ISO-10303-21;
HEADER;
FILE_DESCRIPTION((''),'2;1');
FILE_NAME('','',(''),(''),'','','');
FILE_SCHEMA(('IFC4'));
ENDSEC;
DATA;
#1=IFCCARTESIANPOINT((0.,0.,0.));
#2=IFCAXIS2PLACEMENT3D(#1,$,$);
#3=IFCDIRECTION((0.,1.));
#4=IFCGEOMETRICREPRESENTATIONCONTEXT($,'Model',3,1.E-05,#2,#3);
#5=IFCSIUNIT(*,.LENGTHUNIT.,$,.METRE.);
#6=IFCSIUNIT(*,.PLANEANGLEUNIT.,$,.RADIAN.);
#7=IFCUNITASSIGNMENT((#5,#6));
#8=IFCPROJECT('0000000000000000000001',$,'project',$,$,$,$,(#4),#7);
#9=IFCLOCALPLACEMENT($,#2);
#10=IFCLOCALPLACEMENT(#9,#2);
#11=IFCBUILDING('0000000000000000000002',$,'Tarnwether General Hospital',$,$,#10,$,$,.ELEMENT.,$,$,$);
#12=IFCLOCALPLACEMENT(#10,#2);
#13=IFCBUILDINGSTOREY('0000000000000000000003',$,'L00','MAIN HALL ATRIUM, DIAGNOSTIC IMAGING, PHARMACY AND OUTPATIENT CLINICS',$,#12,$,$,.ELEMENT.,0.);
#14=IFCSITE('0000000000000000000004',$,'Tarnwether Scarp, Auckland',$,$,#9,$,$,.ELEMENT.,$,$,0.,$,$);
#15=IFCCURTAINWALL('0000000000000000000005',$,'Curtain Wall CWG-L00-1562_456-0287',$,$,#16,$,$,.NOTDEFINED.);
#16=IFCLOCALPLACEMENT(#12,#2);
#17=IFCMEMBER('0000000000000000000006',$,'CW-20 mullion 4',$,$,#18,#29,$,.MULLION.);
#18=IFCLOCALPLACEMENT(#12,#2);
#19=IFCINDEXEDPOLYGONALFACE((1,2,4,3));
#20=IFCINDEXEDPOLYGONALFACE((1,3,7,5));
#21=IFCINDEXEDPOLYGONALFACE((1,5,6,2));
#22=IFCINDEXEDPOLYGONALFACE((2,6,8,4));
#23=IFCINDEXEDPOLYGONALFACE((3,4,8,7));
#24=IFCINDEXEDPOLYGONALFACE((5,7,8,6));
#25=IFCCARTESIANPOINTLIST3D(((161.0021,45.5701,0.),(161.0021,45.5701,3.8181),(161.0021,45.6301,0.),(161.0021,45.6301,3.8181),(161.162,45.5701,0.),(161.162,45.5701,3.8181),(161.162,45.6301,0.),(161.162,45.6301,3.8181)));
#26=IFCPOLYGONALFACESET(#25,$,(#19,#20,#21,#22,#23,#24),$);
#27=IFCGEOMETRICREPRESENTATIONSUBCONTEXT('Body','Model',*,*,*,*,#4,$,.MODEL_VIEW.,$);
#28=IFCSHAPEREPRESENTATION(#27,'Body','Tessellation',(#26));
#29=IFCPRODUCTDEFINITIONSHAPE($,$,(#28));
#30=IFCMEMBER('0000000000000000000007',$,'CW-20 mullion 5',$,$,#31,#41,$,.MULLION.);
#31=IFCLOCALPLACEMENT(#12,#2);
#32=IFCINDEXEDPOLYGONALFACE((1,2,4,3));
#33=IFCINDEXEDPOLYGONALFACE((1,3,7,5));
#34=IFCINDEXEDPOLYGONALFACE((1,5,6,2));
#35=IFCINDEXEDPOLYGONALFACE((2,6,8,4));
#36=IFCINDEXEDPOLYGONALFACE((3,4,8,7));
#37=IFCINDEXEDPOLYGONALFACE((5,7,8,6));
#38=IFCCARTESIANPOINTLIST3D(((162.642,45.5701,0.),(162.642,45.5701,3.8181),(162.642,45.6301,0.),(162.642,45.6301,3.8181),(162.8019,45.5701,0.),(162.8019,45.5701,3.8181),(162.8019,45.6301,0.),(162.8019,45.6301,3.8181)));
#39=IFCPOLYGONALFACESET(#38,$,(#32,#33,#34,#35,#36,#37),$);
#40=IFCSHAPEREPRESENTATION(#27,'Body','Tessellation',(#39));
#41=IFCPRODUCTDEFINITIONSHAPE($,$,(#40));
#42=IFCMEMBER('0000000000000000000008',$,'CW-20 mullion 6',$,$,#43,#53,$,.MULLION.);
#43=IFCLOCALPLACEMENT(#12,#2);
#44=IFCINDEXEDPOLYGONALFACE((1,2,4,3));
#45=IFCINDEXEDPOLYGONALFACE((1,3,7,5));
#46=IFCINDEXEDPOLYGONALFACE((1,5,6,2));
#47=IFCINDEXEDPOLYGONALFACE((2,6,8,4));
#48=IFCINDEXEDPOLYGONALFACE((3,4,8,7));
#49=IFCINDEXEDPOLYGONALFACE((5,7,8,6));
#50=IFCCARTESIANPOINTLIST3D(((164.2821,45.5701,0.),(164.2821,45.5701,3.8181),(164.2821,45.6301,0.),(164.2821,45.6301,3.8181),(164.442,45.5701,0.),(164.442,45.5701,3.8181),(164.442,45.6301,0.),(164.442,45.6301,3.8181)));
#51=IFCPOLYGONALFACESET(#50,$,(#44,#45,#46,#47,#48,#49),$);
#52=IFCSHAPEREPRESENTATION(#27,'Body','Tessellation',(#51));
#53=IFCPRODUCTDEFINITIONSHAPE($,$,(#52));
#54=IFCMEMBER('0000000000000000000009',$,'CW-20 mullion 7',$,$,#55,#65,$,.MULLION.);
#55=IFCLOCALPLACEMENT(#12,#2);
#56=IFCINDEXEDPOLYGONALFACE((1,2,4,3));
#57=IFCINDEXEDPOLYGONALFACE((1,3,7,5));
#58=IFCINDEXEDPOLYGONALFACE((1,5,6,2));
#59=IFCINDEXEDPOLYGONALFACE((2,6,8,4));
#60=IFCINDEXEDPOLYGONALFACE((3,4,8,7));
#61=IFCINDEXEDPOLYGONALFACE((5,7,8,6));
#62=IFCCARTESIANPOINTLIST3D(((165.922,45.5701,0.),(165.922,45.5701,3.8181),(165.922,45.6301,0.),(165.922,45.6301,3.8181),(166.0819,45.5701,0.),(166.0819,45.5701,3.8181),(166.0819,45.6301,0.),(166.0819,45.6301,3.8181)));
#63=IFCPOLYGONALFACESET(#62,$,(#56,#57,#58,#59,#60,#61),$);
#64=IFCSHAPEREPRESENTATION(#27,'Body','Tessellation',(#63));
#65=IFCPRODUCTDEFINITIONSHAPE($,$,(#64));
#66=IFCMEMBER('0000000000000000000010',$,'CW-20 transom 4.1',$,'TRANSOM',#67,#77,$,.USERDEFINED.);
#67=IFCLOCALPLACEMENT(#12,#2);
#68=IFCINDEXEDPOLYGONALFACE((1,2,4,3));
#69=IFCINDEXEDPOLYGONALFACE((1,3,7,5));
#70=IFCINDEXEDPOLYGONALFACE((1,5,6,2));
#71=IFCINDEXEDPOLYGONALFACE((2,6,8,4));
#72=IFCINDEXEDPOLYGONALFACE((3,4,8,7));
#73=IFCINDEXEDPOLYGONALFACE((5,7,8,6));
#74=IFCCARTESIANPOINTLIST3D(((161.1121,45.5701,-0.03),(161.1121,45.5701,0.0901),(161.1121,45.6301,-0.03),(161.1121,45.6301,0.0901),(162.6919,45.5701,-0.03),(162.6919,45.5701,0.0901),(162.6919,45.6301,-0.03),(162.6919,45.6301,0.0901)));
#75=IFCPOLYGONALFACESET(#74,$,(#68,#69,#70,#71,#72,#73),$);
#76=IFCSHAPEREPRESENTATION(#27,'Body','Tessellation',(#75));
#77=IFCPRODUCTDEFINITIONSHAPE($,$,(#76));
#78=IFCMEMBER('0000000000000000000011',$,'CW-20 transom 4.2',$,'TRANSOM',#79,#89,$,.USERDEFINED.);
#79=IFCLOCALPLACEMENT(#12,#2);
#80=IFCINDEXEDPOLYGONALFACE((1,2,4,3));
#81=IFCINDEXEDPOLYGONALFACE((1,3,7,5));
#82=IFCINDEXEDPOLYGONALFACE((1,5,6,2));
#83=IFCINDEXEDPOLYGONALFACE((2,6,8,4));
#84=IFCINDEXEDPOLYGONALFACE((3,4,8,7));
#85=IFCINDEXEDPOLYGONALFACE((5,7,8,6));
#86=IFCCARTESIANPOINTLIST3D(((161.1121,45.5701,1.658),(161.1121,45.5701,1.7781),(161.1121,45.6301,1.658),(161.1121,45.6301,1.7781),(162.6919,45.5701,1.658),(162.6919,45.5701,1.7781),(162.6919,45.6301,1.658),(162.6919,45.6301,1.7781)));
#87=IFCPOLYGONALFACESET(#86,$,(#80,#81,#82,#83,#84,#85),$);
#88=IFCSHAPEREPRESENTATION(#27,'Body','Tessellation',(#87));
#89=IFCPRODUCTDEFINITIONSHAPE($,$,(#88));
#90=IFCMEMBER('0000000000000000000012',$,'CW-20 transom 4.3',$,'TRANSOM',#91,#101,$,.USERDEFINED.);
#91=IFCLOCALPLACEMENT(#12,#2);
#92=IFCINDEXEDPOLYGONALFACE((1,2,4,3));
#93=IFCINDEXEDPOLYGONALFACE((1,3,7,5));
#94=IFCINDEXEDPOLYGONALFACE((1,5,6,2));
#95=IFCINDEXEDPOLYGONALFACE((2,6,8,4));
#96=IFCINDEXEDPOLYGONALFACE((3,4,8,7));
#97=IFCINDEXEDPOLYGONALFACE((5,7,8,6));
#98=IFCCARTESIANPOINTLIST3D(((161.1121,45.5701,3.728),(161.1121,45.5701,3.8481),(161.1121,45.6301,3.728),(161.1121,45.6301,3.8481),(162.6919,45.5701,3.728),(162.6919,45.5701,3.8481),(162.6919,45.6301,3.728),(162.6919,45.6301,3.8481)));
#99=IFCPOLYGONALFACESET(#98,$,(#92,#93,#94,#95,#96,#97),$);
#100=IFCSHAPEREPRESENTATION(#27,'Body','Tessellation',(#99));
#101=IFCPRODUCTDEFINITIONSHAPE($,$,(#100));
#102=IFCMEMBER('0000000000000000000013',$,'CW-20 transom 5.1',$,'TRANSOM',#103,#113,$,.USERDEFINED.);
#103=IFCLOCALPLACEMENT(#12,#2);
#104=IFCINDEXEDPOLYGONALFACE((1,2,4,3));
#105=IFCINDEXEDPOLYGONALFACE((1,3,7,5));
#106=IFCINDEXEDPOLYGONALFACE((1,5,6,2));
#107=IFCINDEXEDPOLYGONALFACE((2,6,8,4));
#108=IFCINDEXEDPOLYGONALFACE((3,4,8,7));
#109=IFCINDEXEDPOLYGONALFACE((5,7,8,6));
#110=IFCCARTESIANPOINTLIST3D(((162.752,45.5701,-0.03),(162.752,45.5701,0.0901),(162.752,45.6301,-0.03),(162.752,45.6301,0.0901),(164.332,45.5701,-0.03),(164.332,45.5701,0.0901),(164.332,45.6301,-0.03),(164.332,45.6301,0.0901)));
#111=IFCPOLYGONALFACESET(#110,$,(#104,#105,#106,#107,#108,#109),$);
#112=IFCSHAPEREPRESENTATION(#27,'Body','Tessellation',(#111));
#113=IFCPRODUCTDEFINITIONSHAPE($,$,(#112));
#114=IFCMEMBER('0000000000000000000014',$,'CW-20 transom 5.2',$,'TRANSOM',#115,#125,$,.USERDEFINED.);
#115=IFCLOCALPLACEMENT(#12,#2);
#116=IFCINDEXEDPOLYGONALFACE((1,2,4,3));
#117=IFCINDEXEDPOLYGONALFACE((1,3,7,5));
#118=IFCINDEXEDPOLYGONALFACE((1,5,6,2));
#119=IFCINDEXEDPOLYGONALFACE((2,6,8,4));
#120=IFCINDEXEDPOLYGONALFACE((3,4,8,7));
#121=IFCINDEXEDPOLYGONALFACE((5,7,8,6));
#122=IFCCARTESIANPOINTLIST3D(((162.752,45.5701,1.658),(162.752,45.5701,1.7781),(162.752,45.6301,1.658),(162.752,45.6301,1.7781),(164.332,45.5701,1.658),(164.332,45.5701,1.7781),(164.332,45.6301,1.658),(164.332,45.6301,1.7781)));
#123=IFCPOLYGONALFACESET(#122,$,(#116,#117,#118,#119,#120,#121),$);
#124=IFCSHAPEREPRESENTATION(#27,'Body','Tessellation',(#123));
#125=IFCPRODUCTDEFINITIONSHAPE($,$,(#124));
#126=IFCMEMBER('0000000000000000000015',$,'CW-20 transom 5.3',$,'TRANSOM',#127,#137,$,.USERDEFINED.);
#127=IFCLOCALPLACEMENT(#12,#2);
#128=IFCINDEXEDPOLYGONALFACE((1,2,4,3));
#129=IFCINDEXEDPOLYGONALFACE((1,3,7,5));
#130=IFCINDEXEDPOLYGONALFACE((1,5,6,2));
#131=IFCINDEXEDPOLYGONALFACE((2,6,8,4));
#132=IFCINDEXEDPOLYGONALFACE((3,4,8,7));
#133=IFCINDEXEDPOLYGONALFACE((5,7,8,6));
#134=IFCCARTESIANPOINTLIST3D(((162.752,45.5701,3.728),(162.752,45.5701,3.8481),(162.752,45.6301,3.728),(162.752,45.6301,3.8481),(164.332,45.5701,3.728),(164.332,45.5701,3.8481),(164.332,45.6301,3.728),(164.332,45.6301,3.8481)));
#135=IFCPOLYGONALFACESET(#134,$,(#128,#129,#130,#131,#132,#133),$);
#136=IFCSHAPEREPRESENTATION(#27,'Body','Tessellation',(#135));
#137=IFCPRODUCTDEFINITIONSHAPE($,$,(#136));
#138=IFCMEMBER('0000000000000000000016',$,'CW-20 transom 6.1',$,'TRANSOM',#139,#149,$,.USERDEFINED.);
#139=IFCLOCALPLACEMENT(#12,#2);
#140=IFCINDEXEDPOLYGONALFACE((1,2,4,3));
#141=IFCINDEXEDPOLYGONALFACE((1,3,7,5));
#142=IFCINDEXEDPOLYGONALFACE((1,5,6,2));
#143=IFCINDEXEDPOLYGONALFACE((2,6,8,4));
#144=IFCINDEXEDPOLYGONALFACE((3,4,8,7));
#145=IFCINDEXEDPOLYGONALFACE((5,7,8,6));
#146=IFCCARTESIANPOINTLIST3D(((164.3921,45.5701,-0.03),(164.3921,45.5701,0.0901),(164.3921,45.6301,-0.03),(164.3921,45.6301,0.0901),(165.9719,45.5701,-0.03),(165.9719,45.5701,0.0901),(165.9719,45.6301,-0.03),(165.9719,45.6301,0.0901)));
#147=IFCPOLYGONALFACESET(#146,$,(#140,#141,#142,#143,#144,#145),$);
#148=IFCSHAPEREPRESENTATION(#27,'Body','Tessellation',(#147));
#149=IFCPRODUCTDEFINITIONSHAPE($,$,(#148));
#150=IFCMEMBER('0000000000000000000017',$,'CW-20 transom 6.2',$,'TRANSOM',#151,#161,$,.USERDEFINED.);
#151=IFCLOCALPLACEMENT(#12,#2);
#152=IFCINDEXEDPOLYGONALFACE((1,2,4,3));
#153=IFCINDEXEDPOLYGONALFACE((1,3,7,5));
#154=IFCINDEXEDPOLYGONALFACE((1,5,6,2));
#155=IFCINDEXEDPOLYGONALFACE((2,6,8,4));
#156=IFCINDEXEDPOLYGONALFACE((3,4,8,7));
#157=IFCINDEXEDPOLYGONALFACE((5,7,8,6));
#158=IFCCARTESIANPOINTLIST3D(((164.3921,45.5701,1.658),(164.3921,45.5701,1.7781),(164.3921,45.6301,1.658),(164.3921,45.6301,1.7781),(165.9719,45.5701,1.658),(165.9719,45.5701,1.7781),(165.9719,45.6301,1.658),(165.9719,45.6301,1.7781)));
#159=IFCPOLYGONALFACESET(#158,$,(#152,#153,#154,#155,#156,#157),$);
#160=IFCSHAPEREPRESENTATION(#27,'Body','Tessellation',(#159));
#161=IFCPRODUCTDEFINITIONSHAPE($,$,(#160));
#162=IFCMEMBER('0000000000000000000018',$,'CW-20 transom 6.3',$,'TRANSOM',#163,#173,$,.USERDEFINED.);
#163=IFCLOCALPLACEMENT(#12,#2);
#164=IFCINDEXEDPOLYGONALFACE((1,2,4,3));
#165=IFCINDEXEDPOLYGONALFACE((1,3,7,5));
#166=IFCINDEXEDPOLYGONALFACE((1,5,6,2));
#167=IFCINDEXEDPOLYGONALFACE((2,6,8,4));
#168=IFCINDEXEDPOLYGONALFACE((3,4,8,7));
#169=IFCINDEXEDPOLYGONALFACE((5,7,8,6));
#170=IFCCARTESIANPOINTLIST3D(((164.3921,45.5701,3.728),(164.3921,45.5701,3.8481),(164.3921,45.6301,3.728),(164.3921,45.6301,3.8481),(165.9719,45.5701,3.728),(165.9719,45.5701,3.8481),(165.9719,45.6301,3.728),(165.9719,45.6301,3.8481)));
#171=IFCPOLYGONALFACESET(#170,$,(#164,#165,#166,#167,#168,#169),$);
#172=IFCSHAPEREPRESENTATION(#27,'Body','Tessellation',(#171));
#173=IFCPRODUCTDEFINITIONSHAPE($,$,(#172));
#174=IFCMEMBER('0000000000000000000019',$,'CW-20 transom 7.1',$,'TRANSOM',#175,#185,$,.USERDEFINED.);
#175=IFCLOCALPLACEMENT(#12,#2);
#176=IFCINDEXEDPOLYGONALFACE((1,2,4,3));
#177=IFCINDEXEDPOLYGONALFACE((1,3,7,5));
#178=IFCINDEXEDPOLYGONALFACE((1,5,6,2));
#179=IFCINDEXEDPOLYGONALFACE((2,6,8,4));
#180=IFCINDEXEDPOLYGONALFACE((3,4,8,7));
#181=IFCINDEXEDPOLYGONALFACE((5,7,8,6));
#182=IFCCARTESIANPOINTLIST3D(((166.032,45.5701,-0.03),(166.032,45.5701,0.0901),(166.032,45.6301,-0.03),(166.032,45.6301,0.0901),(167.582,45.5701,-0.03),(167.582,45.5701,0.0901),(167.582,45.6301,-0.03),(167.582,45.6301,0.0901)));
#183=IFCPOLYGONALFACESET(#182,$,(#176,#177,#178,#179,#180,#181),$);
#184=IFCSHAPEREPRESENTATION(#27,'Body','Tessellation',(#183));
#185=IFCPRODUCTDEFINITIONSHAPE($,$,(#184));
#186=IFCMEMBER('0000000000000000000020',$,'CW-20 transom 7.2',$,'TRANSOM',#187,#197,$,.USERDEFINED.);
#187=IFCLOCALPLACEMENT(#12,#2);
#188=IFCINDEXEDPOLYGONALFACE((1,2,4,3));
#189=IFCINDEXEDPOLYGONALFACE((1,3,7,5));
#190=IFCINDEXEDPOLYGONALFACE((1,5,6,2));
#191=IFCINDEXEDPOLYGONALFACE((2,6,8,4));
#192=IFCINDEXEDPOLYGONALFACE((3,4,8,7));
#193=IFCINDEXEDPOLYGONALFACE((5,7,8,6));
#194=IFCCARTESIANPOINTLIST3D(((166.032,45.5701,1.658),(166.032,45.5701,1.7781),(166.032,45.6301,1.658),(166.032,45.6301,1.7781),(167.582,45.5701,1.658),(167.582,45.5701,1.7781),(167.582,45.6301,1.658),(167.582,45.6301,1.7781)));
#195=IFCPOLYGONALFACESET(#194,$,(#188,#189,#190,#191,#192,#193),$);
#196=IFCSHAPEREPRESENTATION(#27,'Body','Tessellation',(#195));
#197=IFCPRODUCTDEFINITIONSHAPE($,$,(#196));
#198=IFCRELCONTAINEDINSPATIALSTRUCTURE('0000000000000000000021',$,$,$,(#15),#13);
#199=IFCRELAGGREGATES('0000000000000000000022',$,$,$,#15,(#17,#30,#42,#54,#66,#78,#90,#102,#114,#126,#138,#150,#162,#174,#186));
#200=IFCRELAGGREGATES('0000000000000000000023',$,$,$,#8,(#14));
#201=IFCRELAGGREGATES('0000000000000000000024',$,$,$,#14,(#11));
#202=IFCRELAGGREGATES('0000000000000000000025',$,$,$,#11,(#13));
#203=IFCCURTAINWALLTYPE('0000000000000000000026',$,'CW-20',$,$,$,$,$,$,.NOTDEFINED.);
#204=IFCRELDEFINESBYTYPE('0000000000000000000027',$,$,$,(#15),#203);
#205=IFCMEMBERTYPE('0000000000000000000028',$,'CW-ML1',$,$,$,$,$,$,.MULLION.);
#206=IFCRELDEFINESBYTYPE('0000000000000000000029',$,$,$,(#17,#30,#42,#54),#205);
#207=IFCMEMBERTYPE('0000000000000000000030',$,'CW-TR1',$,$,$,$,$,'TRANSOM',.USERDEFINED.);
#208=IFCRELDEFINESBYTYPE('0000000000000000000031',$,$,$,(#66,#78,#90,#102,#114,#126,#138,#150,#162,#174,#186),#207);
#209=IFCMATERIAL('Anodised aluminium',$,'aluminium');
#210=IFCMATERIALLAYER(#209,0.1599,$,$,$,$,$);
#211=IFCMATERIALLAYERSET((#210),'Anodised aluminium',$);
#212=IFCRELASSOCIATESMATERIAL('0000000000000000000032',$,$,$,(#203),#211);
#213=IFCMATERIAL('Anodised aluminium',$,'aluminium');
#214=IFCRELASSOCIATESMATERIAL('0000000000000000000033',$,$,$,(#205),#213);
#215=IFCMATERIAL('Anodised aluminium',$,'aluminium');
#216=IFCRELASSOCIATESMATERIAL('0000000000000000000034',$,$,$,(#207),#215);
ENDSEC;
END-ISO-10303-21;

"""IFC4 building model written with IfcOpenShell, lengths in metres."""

from ifc_helpers import new_model, si_unit, direction, frame, origin, origin_2d, place, context, subcontext, project, spatial, rectangle, extrude, material, layer, layer_set, material_profile, profile_set, type_object, element, aggregate, save


model = new_model("IFC4")

# Units and contexts
model_context = context("Model", 3, precision=1e-05, world=origin(), true_north=direction((0.0, 1.0)))
body_context = subcontext(model_context, "Body", "Model", "MODEL_VIEW")
ifc_project = project(units=[si_unit("LENGTHUNIT", "METRE"), si_unit("PLANEANGLEUNIT", "RADIAN")], contexts=[model_context])

# Site, building, storey
site_placement = place(None, origin())
site = spatial("IfcSite", under=ifc_project, at=site_placement, Name="Tarnwether Scarp, Auckland", CompositionType="ELEMENT", RefElevation=0.0)
building_placement = place(site_placement, origin())
building = spatial("IfcBuilding", under=site, at=building_placement, Name="Tarnwether General Hospital", CompositionType="ELEMENT")
storey_placement = place(building_placement, origin())
storey = spatial("IfcBuildingStorey", under=building, at=storey_placement, Name="L00", Description="MAIN HALL ATRIUM, DIAGNOSTIC IMAGING, PHARMACY AND OUTPATIENT CLINICS", CompositionType="ELEMENT", Elevation=0.0)

# Curtain wall, members
ifc_material_1 = material(Name="Anodised aluminium", Category="aluminium")
ifc_layer_1 = layer(ifc_material_1, 0.1599)
ifc_layer_set_1 = layer_set([ifc_layer_1], Name="Anodised aluminium")
curtain_wall_type = type_object("IfcCurtainWallType", Name="CW-20", PredefinedType="NOTDEFINED", material=ifc_layer_set_1)
curtain_wall_placement = place(storey_placement, origin())
curtain_wall = element("IfcCurtainWall", 1, at=curtain_wall_placement, inside=storey, type_object=curtain_wall_type, Name="Curtain Wall CWG-L00-1562_456-0287", PredefinedType="NOTDEFINED")
ifc_material_2 = material(Name="Anodised aluminium", Category="aluminium")
ifc_material_profile_1 = material_profile(ifc_material_2, rectangle(XDim=0.0601, YDim=0.1599, at=origin_2d()), Name="ALU-MUL-60x160")
ifc_profile_set_1 = profile_set([ifc_material_profile_1], Name="Anodised aluminium")
member_type_1 = type_object("IfcMemberType", Name="CW-ML1", PredefinedType="MULLION", material=ifc_profile_set_1)
member_1_placement = place(storey_placement, frame((161.082, 45.6001, 0.0), z_axis=(0.0, 0.0, 1.0), x_axis=(0.0, 1.0, 0.0)))
member_1 = element("IfcMember", 2, at=member_1_placement, type_object=member_type_1, Name="CW-20 mullion 4", PredefinedType="MULLION", context=body_context, shape_type="SweptSolid", body=[
    extrude(rectangle(XDim=0.0601, YDim=0.1599, at=origin_2d()), origin(), (0.0, 0.0, 1.0), 3.8181),
])
member_2_placement = place(storey_placement, frame((162.7219, 45.6001, 0.0), z_axis=(0.0, 0.0, 1.0), x_axis=(0.0, 1.0, 0.0)))
member_2 = element("IfcMember", 3, at=member_2_placement, type_object=member_type_1, Name="CW-20 mullion 5", PredefinedType="MULLION", context=body_context, shape_type="SweptSolid", body=[
    extrude(rectangle(XDim=0.0601, YDim=0.1599, at=origin_2d()), origin(), (0.0, 0.0, 1.0), 3.8181),
])
member_3_placement = place(storey_placement, frame((164.3621, 45.6001, 0.0), z_axis=(0.0, 0.0, 1.0), x_axis=(0.0, 1.0, 0.0)))
member_3 = element("IfcMember", 4, at=member_3_placement, type_object=member_type_1, Name="CW-20 mullion 6", PredefinedType="MULLION", context=body_context, shape_type="SweptSolid", body=[
    extrude(rectangle(XDim=0.0601, YDim=0.1599, at=origin_2d()), origin(), (0.0, 0.0, 1.0), 3.8181),
])
member_4_placement = place(storey_placement, frame((166.002, 45.6001, 0.0), z_axis=(0.0, 0.0, 1.0), x_axis=(0.0, 1.0, 0.0)))
member_4 = element("IfcMember", 5, at=member_4_placement, type_object=member_type_1, Name="CW-20 mullion 7", PredefinedType="MULLION", context=body_context, shape_type="SweptSolid", body=[
    extrude(rectangle(XDim=0.0601, YDim=0.1599, at=origin_2d()), origin(), (0.0, 0.0, 1.0), 3.8181),
])
ifc_material_3 = material(Name="Anodised aluminium", Category="aluminium")
ifc_material_profile_2 = material_profile(ifc_material_3, rectangle(XDim=0.0601, YDim=0.1201, at=origin_2d()), Name="ALU-TRN-60x120")
ifc_profile_set_2 = profile_set([ifc_material_profile_2], Name="Anodised aluminium")
member_type_2 = type_object("IfcMemberType", Name="CW-TR1", ElementType="TRANSOM", PredefinedType="USERDEFINED", material=ifc_profile_set_2)
member_5_placement = place(storey_placement, frame((161.1121, 45.6001, 0.03), z_axis=(1.0, 0.0, 0.0), x_axis=(0.0, 1.0, 0.0)))
member_5 = element("IfcMember", 6, at=member_5_placement, type_object=member_type_2, Name="CW-20 transom 4.1", ObjectType="TRANSOM", PredefinedType="USERDEFINED", context=body_context, shape_type="SweptSolid", body=[
    extrude(rectangle(XDim=0.0601, YDim=0.1201, at=origin_2d()), origin(), (0.0, 0.0, 1.0), 1.5798),
])
member_6_placement = place(storey_placement, frame((161.1121, 45.6001, 1.718), z_axis=(1.0, 0.0, 0.0), x_axis=(0.0, 1.0, 0.0)))
member_6 = element("IfcMember", 7, at=member_6_placement, type_object=member_type_2, Name="CW-20 transom 4.2", ObjectType="TRANSOM", PredefinedType="USERDEFINED", context=body_context, shape_type="SweptSolid", body=[
    extrude(rectangle(XDim=0.0601, YDim=0.1201, at=origin_2d()), origin(), (0.0, 0.0, 1.0), 1.5798),
])
member_7_placement = place(storey_placement, frame((161.1121, 45.6001, 3.7881), z_axis=(1.0, 0.0, 0.0), x_axis=(0.0, 1.0, 0.0)))
member_7 = element("IfcMember", 8, at=member_7_placement, type_object=member_type_2, Name="CW-20 transom 4.3", ObjectType="TRANSOM", PredefinedType="USERDEFINED", context=body_context, shape_type="SweptSolid", body=[
    extrude(rectangle(XDim=0.0601, YDim=0.1201, at=origin_2d()), origin(), (0.0, 0.0, 1.0), 1.5798),
])
member_8_placement = place(storey_placement, frame((162.752, 45.6001, 0.03), z_axis=(1.0, 0.0, 0.0), x_axis=(0.0, 1.0, 0.0)))
member_8 = element("IfcMember", 9, at=member_8_placement, type_object=member_type_2, Name="CW-20 transom 5.1", ObjectType="TRANSOM", PredefinedType="USERDEFINED", context=body_context, shape_type="SweptSolid", body=[
    extrude(rectangle(XDim=0.0601, YDim=0.1201, at=origin_2d()), origin(), (0.0, 0.0, 1.0), 1.5801),
])
member_9_placement = place(storey_placement, frame((162.752, 45.6001, 1.718), z_axis=(1.0, 0.0, 0.0), x_axis=(0.0, 1.0, 0.0)))
member_9 = element("IfcMember", 10, at=member_9_placement, type_object=member_type_2, Name="CW-20 transom 5.2", ObjectType="TRANSOM", PredefinedType="USERDEFINED", context=body_context, shape_type="SweptSolid", body=[
    extrude(rectangle(XDim=0.0601, YDim=0.1201, at=origin_2d()), origin(), (0.0, 0.0, 1.0), 1.5801),
])
member_10_placement = place(storey_placement, frame((162.752, 45.6001, 3.7881), z_axis=(1.0, 0.0, 0.0), x_axis=(0.0, 1.0, 0.0)))
member_10 = element("IfcMember", 11, at=member_10_placement, type_object=member_type_2, Name="CW-20 transom 5.3", ObjectType="TRANSOM", PredefinedType="USERDEFINED", context=body_context, shape_type="SweptSolid", body=[
    extrude(rectangle(XDim=0.0601, YDim=0.1201, at=origin_2d()), origin(), (0.0, 0.0, 1.0), 1.5801),
])
member_11_placement = place(storey_placement, frame((164.3921, 45.6001, 0.03), z_axis=(1.0, 0.0, 0.0), x_axis=(0.0, 1.0, 0.0)))
member_11 = element("IfcMember", 12, at=member_11_placement, type_object=member_type_2, Name="CW-20 transom 6.1", ObjectType="TRANSOM", PredefinedType="USERDEFINED", context=body_context, shape_type="SweptSolid", body=[
    extrude(rectangle(XDim=0.0601, YDim=0.1201, at=origin_2d()), origin(), (0.0, 0.0, 1.0), 1.5798),
])
member_12_placement = place(storey_placement, frame((164.3921, 45.6001, 1.718), z_axis=(1.0, 0.0, 0.0), x_axis=(0.0, 1.0, 0.0)))
member_12 = element("IfcMember", 13, at=member_12_placement, type_object=member_type_2, Name="CW-20 transom 6.2", ObjectType="TRANSOM", PredefinedType="USERDEFINED", context=body_context, shape_type="SweptSolid", body=[
    extrude(rectangle(XDim=0.0601, YDim=0.1201, at=origin_2d()), origin(), (0.0, 0.0, 1.0), 1.5798),
])
member_13_placement = place(storey_placement, frame((164.3921, 45.6001, 3.7881), z_axis=(1.0, 0.0, 0.0), x_axis=(0.0, 1.0, 0.0)))
member_13 = element("IfcMember", 14, at=member_13_placement, type_object=member_type_2, Name="CW-20 transom 6.3", ObjectType="TRANSOM", PredefinedType="USERDEFINED", context=body_context, shape_type="SweptSolid", body=[
    extrude(rectangle(XDim=0.0601, YDim=0.1201, at=origin_2d()), origin(), (0.0, 0.0, 1.0), 1.5798),
])
member_14_placement = place(storey_placement, frame((166.032, 45.6001, 0.03), z_axis=(1.0, 0.0, 0.0), x_axis=(0.0, 1.0, 0.0)))
member_14 = element("IfcMember", 15, at=member_14_placement, type_object=member_type_2, Name="CW-20 transom 7.1", ObjectType="TRANSOM", PredefinedType="USERDEFINED", context=body_context, shape_type="SweptSolid", body=[
    extrude(rectangle(XDim=0.0601, YDim=0.1201, at=origin_2d()), origin(), (0.0, 0.0, 1.0), 1.55),
])
member_15_placement = place(storey_placement, frame((166.032, 45.6001, 1.718), z_axis=(1.0, 0.0, 0.0), x_axis=(0.0, 1.0, 0.0)))
member_15 = element("IfcMember", 16, at=member_15_placement, type_object=member_type_2, Name="CW-20 transom 7.2", ObjectType="TRANSOM", PredefinedType="USERDEFINED", context=body_context, shape_type="SweptSolid", body=[
    extrude(rectangle(XDim=0.0601, YDim=0.1201, at=origin_2d()), origin(), (0.0, 0.0, 1.0), 1.55),
])
aggregate(curtain_wall, [member_1, member_2, member_3, member_4, member_5, member_6, member_7, member_8, member_9, member_10, member_11, member_12, member_13, member_14, member_15])

save(model, "model.ifc")
